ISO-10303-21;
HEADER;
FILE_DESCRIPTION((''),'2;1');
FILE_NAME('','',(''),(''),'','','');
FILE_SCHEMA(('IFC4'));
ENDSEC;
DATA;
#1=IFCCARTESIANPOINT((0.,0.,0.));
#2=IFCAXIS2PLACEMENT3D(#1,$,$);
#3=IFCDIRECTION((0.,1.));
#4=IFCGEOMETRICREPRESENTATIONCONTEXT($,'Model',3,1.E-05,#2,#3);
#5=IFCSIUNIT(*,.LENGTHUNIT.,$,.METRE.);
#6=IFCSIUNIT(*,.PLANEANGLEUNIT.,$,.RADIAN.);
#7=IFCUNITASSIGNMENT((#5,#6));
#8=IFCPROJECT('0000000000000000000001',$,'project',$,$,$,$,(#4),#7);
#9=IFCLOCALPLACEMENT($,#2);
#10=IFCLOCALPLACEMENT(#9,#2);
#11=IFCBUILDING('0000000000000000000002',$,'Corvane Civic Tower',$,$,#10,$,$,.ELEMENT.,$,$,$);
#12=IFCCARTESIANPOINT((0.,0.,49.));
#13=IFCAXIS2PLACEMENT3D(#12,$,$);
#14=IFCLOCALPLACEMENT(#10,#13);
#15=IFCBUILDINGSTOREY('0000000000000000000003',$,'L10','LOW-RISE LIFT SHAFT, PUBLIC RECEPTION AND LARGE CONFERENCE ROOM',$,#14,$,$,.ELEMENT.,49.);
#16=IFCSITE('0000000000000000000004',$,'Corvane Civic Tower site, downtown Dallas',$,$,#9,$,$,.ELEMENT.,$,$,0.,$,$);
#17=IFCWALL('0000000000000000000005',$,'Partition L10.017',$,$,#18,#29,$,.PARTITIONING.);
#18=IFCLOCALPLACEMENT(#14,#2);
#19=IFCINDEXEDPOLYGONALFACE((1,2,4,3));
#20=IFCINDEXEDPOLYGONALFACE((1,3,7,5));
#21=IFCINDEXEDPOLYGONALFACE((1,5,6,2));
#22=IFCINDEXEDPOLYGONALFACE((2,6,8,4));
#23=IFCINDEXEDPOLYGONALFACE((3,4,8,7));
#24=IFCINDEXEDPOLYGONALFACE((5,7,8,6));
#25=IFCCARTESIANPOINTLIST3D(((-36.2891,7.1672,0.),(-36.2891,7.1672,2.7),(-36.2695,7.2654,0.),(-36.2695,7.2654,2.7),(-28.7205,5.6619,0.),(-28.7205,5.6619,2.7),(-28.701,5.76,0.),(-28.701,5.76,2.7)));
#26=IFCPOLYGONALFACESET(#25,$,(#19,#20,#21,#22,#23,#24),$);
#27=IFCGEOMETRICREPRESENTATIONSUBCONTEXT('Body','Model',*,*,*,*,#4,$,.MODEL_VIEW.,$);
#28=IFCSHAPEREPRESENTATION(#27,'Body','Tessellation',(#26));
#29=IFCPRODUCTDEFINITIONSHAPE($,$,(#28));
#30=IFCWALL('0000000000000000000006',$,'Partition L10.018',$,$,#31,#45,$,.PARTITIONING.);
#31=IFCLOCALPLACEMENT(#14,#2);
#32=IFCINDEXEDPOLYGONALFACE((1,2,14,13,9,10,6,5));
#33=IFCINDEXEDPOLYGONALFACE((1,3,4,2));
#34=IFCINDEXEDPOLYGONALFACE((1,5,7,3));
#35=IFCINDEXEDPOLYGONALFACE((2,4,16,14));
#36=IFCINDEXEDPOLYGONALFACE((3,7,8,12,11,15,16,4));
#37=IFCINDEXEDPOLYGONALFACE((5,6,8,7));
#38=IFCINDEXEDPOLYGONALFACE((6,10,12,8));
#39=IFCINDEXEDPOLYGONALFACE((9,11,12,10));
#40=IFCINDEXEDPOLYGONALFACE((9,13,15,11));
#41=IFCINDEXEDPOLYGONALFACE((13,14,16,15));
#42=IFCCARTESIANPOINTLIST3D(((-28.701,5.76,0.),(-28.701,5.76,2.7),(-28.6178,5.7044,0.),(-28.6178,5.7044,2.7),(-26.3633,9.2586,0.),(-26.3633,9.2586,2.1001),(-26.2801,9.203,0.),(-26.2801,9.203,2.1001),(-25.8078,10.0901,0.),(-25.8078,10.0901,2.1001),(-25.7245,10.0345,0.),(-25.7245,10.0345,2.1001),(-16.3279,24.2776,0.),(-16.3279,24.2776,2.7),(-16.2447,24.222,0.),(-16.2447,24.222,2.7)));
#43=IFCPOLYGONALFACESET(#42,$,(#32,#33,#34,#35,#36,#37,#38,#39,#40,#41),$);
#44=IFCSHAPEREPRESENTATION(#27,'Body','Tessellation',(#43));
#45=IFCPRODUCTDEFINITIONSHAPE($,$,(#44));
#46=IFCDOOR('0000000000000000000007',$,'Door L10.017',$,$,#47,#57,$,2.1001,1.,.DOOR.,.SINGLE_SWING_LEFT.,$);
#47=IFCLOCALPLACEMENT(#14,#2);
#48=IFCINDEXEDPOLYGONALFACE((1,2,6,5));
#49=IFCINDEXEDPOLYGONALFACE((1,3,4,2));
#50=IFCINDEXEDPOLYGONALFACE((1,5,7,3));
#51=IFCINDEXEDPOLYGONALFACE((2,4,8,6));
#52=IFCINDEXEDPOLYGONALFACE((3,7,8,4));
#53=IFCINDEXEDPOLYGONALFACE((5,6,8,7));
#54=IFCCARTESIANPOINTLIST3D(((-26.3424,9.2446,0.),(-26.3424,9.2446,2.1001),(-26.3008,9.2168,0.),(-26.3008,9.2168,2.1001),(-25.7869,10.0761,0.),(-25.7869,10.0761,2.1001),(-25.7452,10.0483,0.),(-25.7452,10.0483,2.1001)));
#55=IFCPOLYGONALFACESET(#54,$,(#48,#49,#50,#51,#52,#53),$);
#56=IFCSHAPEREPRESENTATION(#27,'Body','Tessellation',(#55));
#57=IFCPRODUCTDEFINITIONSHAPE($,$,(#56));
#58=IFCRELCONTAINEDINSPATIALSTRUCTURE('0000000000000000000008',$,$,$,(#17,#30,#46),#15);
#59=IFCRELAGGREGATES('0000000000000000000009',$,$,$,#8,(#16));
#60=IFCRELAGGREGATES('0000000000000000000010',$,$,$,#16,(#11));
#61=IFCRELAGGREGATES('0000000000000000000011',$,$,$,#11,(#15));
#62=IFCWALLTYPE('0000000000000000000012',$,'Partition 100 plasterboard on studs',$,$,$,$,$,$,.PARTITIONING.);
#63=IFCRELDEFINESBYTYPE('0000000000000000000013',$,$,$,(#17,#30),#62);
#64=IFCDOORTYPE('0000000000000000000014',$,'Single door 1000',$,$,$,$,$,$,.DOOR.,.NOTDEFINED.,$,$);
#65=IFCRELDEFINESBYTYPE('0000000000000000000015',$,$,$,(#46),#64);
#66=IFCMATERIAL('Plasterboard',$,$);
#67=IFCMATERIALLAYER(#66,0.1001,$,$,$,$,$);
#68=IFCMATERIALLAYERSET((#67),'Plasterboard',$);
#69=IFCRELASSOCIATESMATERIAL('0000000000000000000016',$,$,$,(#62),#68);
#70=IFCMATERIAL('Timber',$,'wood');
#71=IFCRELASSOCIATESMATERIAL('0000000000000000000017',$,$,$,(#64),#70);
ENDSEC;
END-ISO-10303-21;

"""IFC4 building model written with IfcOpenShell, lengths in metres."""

from ifc_helpers import new_model, si_unit, direction, frame, frame_2d, origin, place, context, subcontext, project, spatial, rectangle, extrude, material, layer, layer_set, type_object, element, fill, save


model = new_model("IFC4")

# Units and contexts
model_context = context("Model", 3, precision=1e-05, world=origin(), true_north=direction((0.0, 1.0)))
body_context = subcontext(model_context, "Body", "Model", "MODEL_VIEW")
ifc_project = project(units=[si_unit("LENGTHUNIT", "METRE"), si_unit("PLANEANGLEUNIT", "RADIAN")], contexts=[model_context])

# Site, building, storey
site_placement = place(None, origin())
site = spatial("IfcSite", under=ifc_project, at=site_placement, Name="Corvane Civic Tower site, downtown Dallas", CompositionType="ELEMENT", RefElevation=0.0)
building_placement = place(site_placement, origin())
building = spatial("IfcBuilding", under=site, at=building_placement, Name="Corvane Civic Tower", CompositionType="ELEMENT")
storey_placement = place(building_placement, frame((0.0, 0.0, 49.0)))
storey = spatial("IfcBuildingStorey", under=building, at=storey_placement, Name="L10", Description="LOW-RISE LIFT SHAFT, PUBLIC RECEPTION AND LARGE CONFERENCE ROOM", CompositionType="ELEMENT", Elevation=49.0)

# Shared definitions
ifc_material_1 = material(Name="Plasterboard")
ifc_layer_1 = layer(ifc_material_1, 0.1001)
ifc_layer_set_1 = layer_set([ifc_layer_1], Name="Plasterboard")
wall_type = type_object("IfcWallType", Name="Partition 100 plasterboard on studs", PredefinedType="PARTITIONING", material=ifc_layer_set_1)
ifc_material_2 = material(Name="Timber", Category="wood")
door_type = type_object("IfcDoorType", Name="Single door 1000", OperationType="NOTDEFINED", PredefinedType="DOOR", material=ifc_material_2)

# Wall
wall_1_placement = place(storey_placement, frame((-36.2793, 7.2163, 0.0), z_axis=(0.0, 0.0, 1.0), x_axis=(0.980788, -0.195076, 0.0)))
element("IfcWall", 1, at=wall_1_placement, inside=storey, type_object=wall_type, Name="Partition L10.017", PredefinedType="PARTITIONING", context=body_context, shape_type="SweptSolid", body=[
    extrude(rectangle(XDim=7.7168, YDim=0.1001, at=frame_2d((3.8584, 0.0))), origin(), (0.0, 0.0, 1.0), 2.7),
])

# Wall, opening, door
wall_2_placement = place(storey_placement, frame((-28.6594, 5.7322, 0.0), z_axis=(0.0, 0.0, 1.0), x_axis=(0.55557, 0.83147, 0.0)))
wall_2 = element("IfcWall", 2, at=wall_2_placement, inside=storey, type_object=wall_type, Name="Partition L10.018", PredefinedType="PARTITIONING", context=body_context, shape_type="SweptSolid", body=[
    extrude(rectangle(XDim=22.271, YDim=0.1001, at=frame_2d((11.1355, 0.0))), origin(), (0.0, 0.0, 1.0), 2.7),
])
opening_1_placement = place(wall_2_placement, frame((4.2078, 0.0, 0.0)))
opening_1 = element("IfcOpeningElement", 3, at=opening_1_placement, cuts=wall_2, PredefinedType="OPENING", context=body_context, shape_type="SweptSolid", body=[
    extrude(rectangle(XDim=1.0, YDim=2.1001, at=frame_2d((0.5, 1.05))), frame((0.0, 0.0601, 0.0), z_axis=(0.0, -1.0, 0.0), x_axis=(1.0, 0.0, 0.0)), (0.0, 0.0, 1.0), 0.1201),
])
door_1_placement = place(opening_1_placement, origin())
door_1 = element("IfcDoor", 4, at=door_1_placement, inside=storey, type_object=door_type, Name="Door L10.017", OperationType="SINGLE_SWING_LEFT", OverallHeight=2.1001, OverallWidth=1.0, PredefinedType="DOOR", context=body_context, shape_type="SweptSolid", body=[
    extrude(rectangle(XDim=1.0, YDim=2.1001, at=frame_2d((0.5, 1.05))), frame((0.0, 0.0249, 0.0), z_axis=(0.0, -1.0, 0.0), x_axis=(1.0, 0.0, 0.0)), (0.0, 0.0, 1.0), 0.05),
])
fill(opening_1, door_1)

save(model, "model.ifc")
